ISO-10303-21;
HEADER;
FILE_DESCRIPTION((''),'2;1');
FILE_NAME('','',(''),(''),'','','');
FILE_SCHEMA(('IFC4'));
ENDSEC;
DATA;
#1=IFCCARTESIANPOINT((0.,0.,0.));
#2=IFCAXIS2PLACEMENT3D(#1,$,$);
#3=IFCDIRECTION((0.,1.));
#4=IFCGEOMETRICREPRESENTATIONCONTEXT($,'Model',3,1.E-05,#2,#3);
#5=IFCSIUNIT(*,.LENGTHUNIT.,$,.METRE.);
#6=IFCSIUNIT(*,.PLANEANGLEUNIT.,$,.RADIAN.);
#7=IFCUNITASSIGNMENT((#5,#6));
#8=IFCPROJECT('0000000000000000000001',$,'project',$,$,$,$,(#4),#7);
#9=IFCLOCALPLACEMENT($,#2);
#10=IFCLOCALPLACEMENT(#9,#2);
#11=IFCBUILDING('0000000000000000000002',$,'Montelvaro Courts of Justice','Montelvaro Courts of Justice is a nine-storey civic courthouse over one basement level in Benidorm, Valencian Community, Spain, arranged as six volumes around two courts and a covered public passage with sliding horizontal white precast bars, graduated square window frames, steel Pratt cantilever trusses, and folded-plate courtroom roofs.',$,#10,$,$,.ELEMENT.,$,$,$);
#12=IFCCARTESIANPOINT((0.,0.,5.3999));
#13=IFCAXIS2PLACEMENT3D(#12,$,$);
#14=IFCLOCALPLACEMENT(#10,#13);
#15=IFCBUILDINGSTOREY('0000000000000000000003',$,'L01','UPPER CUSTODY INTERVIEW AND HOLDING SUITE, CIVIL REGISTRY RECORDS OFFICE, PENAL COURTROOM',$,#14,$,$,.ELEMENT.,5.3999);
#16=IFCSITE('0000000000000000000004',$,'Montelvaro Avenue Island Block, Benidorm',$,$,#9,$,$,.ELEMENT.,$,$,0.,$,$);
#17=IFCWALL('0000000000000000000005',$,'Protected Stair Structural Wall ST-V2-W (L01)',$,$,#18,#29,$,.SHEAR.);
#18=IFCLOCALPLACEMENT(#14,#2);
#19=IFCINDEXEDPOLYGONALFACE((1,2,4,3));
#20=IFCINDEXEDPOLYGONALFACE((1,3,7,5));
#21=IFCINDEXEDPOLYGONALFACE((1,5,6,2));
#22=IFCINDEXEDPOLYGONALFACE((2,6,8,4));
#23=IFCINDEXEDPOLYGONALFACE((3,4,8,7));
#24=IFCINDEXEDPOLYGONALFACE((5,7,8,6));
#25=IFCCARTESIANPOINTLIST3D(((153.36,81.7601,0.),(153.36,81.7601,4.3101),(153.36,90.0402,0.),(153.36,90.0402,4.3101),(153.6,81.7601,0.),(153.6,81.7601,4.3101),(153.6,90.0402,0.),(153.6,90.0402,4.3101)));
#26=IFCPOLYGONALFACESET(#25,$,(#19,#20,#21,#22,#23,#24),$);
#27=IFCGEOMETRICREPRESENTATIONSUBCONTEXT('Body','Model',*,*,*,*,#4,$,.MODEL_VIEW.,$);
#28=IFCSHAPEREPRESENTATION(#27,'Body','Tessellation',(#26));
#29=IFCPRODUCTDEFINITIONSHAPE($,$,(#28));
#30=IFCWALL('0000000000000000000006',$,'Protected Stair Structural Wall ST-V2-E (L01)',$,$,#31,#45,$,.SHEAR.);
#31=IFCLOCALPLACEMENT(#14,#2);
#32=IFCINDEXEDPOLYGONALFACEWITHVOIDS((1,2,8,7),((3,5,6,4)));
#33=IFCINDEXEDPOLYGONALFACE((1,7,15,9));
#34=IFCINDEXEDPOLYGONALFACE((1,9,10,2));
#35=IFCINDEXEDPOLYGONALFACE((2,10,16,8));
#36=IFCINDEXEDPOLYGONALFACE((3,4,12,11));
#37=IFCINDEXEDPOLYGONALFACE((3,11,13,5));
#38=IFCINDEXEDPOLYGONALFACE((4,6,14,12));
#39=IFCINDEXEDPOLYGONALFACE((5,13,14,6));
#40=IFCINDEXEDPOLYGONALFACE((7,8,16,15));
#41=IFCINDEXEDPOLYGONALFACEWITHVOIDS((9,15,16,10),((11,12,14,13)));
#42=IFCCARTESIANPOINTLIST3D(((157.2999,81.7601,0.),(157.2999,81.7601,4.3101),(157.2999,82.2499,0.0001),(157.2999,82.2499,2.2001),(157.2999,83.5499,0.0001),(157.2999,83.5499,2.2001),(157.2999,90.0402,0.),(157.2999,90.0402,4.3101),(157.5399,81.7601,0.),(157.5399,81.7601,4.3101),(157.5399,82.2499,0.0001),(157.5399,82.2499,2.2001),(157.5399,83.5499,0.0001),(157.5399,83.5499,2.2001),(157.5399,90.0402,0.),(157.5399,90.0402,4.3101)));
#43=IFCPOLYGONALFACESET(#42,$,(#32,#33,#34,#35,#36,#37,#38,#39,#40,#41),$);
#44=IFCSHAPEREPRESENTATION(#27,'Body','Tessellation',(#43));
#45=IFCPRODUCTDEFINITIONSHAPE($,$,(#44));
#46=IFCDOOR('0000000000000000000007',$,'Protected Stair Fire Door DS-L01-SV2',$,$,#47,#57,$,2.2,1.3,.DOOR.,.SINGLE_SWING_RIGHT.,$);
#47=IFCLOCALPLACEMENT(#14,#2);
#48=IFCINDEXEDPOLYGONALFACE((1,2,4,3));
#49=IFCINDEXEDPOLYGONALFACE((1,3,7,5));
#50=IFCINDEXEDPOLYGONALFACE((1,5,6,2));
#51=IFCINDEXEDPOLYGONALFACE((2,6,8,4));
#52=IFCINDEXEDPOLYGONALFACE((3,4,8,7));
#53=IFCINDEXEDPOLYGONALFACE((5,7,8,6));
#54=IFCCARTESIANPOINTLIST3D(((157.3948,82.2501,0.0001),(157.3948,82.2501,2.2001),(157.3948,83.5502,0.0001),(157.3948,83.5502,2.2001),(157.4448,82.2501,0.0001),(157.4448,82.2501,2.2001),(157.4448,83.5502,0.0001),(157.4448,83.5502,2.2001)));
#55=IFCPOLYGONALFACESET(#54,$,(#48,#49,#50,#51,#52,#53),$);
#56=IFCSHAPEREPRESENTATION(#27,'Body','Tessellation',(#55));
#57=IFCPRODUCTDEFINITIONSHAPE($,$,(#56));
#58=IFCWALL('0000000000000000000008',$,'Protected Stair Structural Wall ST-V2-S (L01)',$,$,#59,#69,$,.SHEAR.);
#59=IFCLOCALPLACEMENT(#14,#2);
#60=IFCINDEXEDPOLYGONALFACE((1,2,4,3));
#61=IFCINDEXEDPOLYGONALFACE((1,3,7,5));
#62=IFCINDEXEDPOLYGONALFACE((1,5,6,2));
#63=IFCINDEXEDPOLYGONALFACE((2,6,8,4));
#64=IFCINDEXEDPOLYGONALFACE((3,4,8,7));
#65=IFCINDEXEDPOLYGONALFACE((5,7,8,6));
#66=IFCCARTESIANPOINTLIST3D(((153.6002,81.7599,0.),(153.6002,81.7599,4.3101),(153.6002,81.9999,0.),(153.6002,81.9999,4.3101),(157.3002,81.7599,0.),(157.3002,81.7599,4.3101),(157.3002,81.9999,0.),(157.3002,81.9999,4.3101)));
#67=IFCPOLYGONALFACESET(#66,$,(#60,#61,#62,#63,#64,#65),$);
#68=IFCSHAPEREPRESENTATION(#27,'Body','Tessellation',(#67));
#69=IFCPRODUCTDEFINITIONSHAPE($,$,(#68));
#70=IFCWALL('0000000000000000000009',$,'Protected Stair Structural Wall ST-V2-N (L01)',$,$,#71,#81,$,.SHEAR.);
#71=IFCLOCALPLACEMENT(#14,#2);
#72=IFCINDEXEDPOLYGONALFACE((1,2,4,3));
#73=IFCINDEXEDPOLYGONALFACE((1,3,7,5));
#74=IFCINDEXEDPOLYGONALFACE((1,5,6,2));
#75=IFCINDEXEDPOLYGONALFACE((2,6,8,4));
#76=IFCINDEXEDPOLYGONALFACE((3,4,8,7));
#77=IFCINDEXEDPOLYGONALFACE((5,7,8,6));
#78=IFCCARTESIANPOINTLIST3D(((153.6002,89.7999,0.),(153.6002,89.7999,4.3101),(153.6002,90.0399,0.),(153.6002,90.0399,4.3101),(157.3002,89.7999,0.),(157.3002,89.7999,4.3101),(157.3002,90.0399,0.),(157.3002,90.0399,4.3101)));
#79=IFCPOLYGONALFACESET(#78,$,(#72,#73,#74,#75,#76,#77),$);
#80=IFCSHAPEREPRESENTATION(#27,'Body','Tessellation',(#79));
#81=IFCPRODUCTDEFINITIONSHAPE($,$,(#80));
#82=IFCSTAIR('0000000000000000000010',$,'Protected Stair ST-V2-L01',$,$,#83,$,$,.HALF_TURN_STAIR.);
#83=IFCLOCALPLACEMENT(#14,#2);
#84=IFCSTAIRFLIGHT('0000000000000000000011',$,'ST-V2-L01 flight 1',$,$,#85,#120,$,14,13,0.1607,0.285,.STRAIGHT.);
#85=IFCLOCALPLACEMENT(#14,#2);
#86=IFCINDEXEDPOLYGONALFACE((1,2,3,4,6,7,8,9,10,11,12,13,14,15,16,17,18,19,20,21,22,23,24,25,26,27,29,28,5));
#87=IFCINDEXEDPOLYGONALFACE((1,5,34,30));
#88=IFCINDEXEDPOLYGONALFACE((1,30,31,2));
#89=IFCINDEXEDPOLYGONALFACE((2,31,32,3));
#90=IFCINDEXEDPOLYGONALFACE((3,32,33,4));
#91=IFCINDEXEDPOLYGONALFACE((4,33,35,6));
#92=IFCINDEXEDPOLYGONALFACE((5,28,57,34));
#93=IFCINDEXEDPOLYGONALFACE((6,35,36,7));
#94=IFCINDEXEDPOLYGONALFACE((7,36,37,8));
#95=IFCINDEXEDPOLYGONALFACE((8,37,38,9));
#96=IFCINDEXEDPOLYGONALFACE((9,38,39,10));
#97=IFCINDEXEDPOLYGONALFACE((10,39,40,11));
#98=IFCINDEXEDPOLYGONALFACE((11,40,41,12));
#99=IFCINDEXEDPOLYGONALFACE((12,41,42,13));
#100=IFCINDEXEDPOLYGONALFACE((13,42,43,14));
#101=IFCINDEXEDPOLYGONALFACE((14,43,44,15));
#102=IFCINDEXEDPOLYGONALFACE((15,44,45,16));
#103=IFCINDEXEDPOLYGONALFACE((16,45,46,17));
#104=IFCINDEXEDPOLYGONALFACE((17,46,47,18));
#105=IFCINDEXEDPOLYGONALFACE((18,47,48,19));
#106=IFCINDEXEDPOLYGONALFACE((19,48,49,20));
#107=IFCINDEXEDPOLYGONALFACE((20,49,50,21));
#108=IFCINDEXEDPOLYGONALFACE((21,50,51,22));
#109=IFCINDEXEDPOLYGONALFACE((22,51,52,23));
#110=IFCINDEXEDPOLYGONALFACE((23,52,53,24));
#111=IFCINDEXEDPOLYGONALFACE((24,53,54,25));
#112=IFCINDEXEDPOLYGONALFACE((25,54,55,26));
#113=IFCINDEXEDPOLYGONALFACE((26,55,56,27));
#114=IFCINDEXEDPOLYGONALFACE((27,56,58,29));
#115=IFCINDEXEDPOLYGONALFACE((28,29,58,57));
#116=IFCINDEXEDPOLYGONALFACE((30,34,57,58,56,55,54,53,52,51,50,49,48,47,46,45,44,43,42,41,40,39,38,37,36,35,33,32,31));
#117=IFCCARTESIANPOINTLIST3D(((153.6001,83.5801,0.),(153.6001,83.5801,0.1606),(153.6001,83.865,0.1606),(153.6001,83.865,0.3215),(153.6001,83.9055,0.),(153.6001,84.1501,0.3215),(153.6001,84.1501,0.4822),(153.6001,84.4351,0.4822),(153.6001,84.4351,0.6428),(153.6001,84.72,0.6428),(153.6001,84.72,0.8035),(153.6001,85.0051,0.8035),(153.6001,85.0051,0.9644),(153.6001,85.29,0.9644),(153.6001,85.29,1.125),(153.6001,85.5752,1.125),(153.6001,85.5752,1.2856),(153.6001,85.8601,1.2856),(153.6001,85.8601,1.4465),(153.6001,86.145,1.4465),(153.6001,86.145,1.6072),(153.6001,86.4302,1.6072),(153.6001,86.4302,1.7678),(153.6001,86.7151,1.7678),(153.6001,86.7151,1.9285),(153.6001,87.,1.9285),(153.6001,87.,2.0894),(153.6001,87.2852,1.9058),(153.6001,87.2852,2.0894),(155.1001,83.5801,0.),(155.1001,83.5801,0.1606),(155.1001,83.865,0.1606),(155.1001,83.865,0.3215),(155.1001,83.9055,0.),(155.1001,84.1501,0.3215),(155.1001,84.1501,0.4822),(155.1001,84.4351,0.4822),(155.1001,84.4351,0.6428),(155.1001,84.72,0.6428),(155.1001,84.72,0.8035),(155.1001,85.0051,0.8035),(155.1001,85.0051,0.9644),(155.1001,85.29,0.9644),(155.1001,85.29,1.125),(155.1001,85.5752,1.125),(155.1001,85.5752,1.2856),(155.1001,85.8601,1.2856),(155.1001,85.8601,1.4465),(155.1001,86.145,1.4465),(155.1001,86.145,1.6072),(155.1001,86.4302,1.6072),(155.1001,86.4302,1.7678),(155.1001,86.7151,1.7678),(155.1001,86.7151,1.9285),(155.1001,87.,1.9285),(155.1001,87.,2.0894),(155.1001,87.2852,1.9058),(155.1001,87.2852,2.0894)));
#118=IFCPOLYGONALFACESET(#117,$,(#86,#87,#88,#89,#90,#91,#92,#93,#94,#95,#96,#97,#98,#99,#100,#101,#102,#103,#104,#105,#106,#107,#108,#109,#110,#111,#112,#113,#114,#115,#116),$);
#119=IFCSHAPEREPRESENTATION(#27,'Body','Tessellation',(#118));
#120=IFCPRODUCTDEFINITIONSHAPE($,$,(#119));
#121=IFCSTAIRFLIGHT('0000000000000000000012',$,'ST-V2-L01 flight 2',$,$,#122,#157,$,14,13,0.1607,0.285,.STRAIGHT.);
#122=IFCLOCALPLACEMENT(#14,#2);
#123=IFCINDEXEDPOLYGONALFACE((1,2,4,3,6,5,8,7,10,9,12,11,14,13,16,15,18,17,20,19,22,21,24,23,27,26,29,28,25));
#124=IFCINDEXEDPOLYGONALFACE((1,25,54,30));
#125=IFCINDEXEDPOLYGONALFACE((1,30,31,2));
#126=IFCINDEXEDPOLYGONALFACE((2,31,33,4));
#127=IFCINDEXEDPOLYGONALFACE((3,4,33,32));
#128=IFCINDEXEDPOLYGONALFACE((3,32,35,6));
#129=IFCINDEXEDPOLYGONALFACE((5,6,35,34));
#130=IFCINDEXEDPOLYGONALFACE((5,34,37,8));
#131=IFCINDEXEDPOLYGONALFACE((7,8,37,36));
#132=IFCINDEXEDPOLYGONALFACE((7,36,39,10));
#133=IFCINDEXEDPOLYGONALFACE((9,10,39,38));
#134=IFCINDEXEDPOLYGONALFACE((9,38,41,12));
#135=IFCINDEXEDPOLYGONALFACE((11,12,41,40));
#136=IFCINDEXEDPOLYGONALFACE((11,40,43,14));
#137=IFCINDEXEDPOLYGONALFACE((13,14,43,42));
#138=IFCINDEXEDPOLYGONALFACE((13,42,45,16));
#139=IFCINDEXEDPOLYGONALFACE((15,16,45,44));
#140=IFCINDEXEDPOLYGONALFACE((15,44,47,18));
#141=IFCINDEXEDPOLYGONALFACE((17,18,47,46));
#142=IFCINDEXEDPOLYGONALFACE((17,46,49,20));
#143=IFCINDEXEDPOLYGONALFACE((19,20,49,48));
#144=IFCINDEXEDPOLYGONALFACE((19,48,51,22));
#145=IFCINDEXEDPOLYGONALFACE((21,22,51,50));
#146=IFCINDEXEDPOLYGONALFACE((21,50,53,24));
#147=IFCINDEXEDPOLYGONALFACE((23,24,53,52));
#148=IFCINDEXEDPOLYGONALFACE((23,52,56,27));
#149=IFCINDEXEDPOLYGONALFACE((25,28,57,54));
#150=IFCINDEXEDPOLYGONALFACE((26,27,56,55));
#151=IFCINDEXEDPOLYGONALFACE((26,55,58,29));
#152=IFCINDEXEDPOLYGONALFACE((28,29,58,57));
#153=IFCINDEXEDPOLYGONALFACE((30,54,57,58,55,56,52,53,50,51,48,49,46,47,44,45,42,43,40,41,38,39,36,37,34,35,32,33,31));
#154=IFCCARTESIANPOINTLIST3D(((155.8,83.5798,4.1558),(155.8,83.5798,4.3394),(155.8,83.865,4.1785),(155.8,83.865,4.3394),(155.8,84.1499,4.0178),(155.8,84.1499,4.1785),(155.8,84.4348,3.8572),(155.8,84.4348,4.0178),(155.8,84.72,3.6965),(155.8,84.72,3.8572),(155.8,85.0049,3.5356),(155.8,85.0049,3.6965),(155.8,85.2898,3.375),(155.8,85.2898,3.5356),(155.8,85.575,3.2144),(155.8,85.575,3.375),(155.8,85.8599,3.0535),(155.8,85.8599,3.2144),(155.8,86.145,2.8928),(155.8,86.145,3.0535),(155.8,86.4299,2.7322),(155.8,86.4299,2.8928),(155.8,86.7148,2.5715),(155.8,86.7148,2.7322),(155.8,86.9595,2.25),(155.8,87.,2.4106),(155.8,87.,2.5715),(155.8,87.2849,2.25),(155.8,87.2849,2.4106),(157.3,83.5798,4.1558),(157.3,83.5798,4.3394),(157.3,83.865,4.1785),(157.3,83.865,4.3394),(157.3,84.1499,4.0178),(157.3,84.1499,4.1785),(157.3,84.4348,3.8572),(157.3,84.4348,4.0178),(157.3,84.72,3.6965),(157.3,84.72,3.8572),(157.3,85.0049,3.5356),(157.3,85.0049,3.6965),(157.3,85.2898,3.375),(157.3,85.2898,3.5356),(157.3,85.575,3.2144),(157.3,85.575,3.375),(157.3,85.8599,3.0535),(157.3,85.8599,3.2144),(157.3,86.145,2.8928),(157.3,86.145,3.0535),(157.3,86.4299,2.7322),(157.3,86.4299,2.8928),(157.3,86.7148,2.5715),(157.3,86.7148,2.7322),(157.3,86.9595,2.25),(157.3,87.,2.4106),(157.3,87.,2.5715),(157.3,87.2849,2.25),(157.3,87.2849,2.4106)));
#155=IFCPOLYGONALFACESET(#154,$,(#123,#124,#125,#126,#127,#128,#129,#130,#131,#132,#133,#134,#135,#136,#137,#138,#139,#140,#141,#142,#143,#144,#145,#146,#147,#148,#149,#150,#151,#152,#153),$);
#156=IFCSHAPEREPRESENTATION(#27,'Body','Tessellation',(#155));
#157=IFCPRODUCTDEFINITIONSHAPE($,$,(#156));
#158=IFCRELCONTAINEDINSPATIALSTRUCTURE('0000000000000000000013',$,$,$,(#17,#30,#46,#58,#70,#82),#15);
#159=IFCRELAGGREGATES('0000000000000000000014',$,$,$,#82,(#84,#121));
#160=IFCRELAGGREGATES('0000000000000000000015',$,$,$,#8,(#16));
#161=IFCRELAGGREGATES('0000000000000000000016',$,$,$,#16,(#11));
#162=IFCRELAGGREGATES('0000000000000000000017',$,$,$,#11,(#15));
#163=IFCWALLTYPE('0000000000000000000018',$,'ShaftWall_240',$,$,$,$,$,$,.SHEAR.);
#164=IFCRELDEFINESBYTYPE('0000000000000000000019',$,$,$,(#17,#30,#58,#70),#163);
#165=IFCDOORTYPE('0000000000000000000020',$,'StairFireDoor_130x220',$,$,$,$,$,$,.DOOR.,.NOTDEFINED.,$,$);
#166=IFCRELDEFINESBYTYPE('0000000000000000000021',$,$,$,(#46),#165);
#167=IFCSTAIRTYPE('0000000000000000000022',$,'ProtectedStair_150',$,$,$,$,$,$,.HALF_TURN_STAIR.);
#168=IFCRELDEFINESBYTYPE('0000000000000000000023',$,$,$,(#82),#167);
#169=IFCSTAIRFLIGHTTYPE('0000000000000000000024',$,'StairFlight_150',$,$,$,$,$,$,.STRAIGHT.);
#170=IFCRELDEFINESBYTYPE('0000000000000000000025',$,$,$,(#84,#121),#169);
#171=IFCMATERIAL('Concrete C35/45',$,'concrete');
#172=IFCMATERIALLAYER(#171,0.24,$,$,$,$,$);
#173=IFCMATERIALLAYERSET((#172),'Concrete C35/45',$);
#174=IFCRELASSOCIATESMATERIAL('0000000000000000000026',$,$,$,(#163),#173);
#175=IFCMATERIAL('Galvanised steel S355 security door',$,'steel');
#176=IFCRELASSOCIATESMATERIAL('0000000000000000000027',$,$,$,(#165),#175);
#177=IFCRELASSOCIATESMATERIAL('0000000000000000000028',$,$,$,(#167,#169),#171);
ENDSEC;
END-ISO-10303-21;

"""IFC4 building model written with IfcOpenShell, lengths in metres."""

from ifc_helpers import new_model, si_unit, direction, frame, frame_2d, origin, place, context, subcontext, project, spatial, polyline, rectangle, outline, extrude, material, layer, layer_set, type_object, element, fill, aggregate, save


model = new_model("IFC4")

# Units and contexts
model_context = context("Model", 3, precision=1e-05, world=origin(), true_north=direction((0.0, 1.0)))
body_context = subcontext(model_context, "Body", "Model", "MODEL_VIEW")
ifc_project = project(units=[si_unit("LENGTHUNIT", "METRE"), si_unit("PLANEANGLEUNIT", "RADIAN")], contexts=[model_context])

# Site, building, storey
site_placement = place(None, origin())
site = spatial("IfcSite", under=ifc_project, at=site_placement, Name="Montelvaro Avenue Island Block, Benidorm", CompositionType="ELEMENT", RefElevation=0.0)
building_placement = place(site_placement, origin())
building = spatial("IfcBuilding", under=site, at=building_placement, Name="Montelvaro Courts of Justice", Description="Montelvaro Courts of Justice is a nine-storey civic courthouse over one basement level in Benidorm, Valencian Community, Spain, arranged as six volumes around two courts and a covered public passage with sliding horizontal white precast bars, graduated square window frames, steel Pratt cantilever trusses, and folded-plate courtroom roofs.", CompositionType="ELEMENT")
storey_placement = place(building_placement, frame((0.0, 0.0, 5.3999)))
storey = spatial("IfcBuildingStorey", under=building, at=storey_placement, Name="L01", Description="UPPER CUSTODY INTERVIEW AND HOLDING SUITE, CIVIL REGISTRY RECORDS OFFICE, PENAL COURTROOM", CompositionType="ELEMENT", Elevation=5.3999)

# Wall
ifc_material_1 = material(Name="Concrete C35/45", Category="concrete")
ifc_layer_1 = layer(ifc_material_1, 0.24)
ifc_layer_set_1 = layer_set([ifc_layer_1], Name="Concrete C35/45")
wall_type_1 = type_object("IfcWallType", Name="ShaftWall_240", PredefinedType="SHEAR", material=ifc_layer_set_1)
wall_1_placement = place(storey_placement, frame((153.48, 81.76, 0.0), z_axis=(0.0, 0.0, 1.0), x_axis=(0.0, 1.0, 0.0)))
element("IfcWall", 1, at=wall_1_placement, inside=storey, type_object=wall_type_1, Name="Protected Stair Structural Wall ST-V2-W (L01)", PredefinedType="SHEAR", context=body_context, shape_type="SweptSolid", body=[
    extrude(rectangle(XDim=8.28, YDim=0.24, at=frame_2d((4.1401, 0.0))), origin(), (0.0, 0.0, 1.0), 4.3101),
])

# Wall, opening, door
wall_2_placement = place(storey_placement, frame((157.4199, 81.76, 0.0), z_axis=(0.0, 0.0, 1.0), x_axis=(0.0, 1.0, 0.0)))
wall_2 = element("IfcWall", 2, at=wall_2_placement, inside=storey, type_object=wall_type_1, Name="Protected Stair Structural Wall ST-V2-E (L01)", PredefinedType="SHEAR", context=body_context, shape_type="SweptSolid", body=[
    extrude(rectangle(XDim=8.28, YDim=0.24, at=frame_2d((4.1401, 0.0))), origin(), (0.0, 0.0, 1.0), 4.3101),
])
opening_1_placement = place(wall_2_placement, frame((0.49, 0.0, 0.0)))
opening_1 = element("IfcOpeningElement", 3, at=opening_1_placement, cuts=wall_2, PredefinedType="OPENING", context=body_context, shape_type="SweptSolid", body=[
    extrude(rectangle(XDim=1.3, YDim=2.2, at=frame_2d((0.6499, 1.1001))), frame((0.0, 0.1348, 0.0), z_axis=(0.0, -1.0, 0.0), x_axis=(1.0, 0.0, 0.0)), (0.0, 0.0, 1.0), 0.2698),
])
ifc_material_2 = material(Name="Galvanised steel S355 security door", Category="steel")
door_type_1 = type_object("IfcDoorType", Name="StairFireDoor_130x220", OperationType="NOTDEFINED", PredefinedType="DOOR", material=ifc_material_2)
door_1_placement = place(opening_1_placement, frame((1.3, 0.0, 0.0), z_axis=(0.0, 0.0, 1.0), x_axis=(-1.0, 0.0, 0.0)))
door_1 = element("IfcDoor", 4, at=door_1_placement, inside=storey, type_object=door_type_1, Name="Protected Stair Fire Door DS-L01-SV2", OperationType="SINGLE_SWING_RIGHT", OverallHeight=2.2, OverallWidth=1.3, PredefinedType="DOOR", context=body_context, shape_type="SweptSolid", body=[
    extrude(rectangle(XDim=1.3, YDim=2.2, at=frame_2d((0.6499, 1.1001))), frame((0.0, 0.0249, 0.0), z_axis=(0.0, -1.0, 0.0), x_axis=(1.0, 0.0, 0.0)), (0.0, 0.0, 1.0), 0.05),
])
fill(opening_1, door_1)

# Walls
for number, where, z_axis, x_axis, name in (
    (5, (153.6001, 81.8799, 0.0), (0.0, 0.0, 1.0), (1.0, 0.0, 0.0), "Protected Stair Structural Wall ST-V2-S (L01)"),
    (6, (153.6001, 89.9199, 0.0), (0.0, 0.0, 1.0), (1.0, 0.0, 0.0), "Protected Stair Structural Wall ST-V2-N (L01)"),
):
    element("IfcWall", number, at=place(storey_placement, frame(where, z_axis=z_axis, x_axis=x_axis)), inside=storey, type_object=wall_type_1, Name=name, PredefinedType="SHEAR", context=body_context, shape_type="SweptSolid", body=[
        extrude(rectangle(XDim=3.7, YDim=0.24, at=frame_2d((1.8501, 0.0))), origin(), (0.0, 0.0, 1.0), 4.3101),
    ])

# Stair, stair flights
stair_type = type_object("IfcStairType", Name="ProtectedStair_150", PredefinedType="HALF_TURN_STAIR", material=ifc_material_1)
stair_placement = place(storey_placement, origin())
stair = element("IfcStair", 7, at=stair_placement, inside=storey, type_object=stair_type, Name="Protected Stair ST-V2-L01", PredefinedType="HALF_TURN_STAIR")
stair_flight_type = type_object("IfcStairFlightType", Name="StairFlight_150", PredefinedType="STRAIGHT", material=ifc_material_1)
stair_flight_1_placement = place(storey_placement, frame((154.3501, 83.5801, 0.0), z_axis=(0.0, 0.0, 1.0), x_axis=(0.0, 1.0, 0.0)))
stair_flight_1 = element("IfcStairFlight", 8, at=stair_flight_1_placement, type_object=stair_flight_type, Name="ST-V2-L01 flight 1", NumberOfRisers=14, NumberOfTreads=13, PredefinedType="STRAIGHT", RiserHeight=0.1607, TreadLength=0.285, context=body_context, shape_type="SweptSolid", body=[
    extrude(outline(polyline([(0.0, 0.0), (0.0, 0.1606), (0.2849, 0.1606), (0.2849, 0.3215), (0.5701, 0.3215), (0.5701, 0.4822), (0.855, 0.4822), (0.855, 0.6428), (1.1399, 0.6428), (1.1399, 0.8035), (1.425, 0.8035), (1.425, 0.9644), (1.71, 0.9644), (1.71, 1.125), (1.9951, 1.125), (1.9951, 1.2856), (2.28, 1.2856), (2.28, 1.4465), (2.5649, 1.4465), (2.5649, 1.6072), (2.8501, 1.6072), (2.8501, 1.7678), (3.135, 1.7678), (3.135, 1.9285), (3.4199, 1.9285), (3.4199, 2.0894), (3.7051, 2.0894), (3.7051, 2.25), (3.7051, 1.9058), (0.3254, 0.0), (0.0, 0.0)])), frame((0.0, 0.75, 0.0), z_axis=(0.0, -1.0, 0.0), x_axis=(1.0, 0.0, 0.0)), (0.0, 0.0, 1.0), 1.5),
])
stair_flight_2_placement = place(storey_placement, frame((156.55, 87.2849, 2.25), z_axis=(0.0, 0.0, 1.0), x_axis=(0.0, -1.0, 0.0)))
stair_flight_2 = element("IfcStairFlight", 9, at=stair_flight_2_placement, type_object=stair_flight_type, Name="ST-V2-L01 flight 2", NumberOfRisers=14, NumberOfTreads=13, PredefinedType="STRAIGHT", RiserHeight=0.1607, TreadLength=0.285, context=body_context, shape_type="SweptSolid", body=[
    extrude(outline(polyline([(0.0, 0.0), (0.0, 0.1606), (0.2849, 0.1606), (0.2849, 0.3215), (0.5701, 0.3215), (0.5701, 0.4822), (0.855, 0.4822), (0.855, 0.6428), (1.1399, 0.6428), (1.1399, 0.8035), (1.425, 0.8035), (1.425, 0.9644), (1.71, 0.9644), (1.71, 1.125), (1.9951, 1.125), (1.9951, 1.2856), (2.28, 1.2856), (2.28, 1.4465), (2.5649, 1.4465), (2.5649, 1.6072), (2.8501, 1.6072), (2.8501, 1.7678), (3.135, 1.7678), (3.135, 1.9285), (3.4199, 1.9285), (3.4199, 2.0894), (3.7051, 2.0894), (3.7051, 2.25), (3.7051, 1.9058), (0.3254, 0.0), (0.0, 0.0)])), frame((0.0, 0.75, 0.0), z_axis=(0.0, -1.0, 0.0), x_axis=(1.0, 0.0, 0.0)), (0.0, 0.0, 1.0), 1.5),
])
aggregate(stair, [stair_flight_1, stair_flight_2])

save(model, "model.ifc")
